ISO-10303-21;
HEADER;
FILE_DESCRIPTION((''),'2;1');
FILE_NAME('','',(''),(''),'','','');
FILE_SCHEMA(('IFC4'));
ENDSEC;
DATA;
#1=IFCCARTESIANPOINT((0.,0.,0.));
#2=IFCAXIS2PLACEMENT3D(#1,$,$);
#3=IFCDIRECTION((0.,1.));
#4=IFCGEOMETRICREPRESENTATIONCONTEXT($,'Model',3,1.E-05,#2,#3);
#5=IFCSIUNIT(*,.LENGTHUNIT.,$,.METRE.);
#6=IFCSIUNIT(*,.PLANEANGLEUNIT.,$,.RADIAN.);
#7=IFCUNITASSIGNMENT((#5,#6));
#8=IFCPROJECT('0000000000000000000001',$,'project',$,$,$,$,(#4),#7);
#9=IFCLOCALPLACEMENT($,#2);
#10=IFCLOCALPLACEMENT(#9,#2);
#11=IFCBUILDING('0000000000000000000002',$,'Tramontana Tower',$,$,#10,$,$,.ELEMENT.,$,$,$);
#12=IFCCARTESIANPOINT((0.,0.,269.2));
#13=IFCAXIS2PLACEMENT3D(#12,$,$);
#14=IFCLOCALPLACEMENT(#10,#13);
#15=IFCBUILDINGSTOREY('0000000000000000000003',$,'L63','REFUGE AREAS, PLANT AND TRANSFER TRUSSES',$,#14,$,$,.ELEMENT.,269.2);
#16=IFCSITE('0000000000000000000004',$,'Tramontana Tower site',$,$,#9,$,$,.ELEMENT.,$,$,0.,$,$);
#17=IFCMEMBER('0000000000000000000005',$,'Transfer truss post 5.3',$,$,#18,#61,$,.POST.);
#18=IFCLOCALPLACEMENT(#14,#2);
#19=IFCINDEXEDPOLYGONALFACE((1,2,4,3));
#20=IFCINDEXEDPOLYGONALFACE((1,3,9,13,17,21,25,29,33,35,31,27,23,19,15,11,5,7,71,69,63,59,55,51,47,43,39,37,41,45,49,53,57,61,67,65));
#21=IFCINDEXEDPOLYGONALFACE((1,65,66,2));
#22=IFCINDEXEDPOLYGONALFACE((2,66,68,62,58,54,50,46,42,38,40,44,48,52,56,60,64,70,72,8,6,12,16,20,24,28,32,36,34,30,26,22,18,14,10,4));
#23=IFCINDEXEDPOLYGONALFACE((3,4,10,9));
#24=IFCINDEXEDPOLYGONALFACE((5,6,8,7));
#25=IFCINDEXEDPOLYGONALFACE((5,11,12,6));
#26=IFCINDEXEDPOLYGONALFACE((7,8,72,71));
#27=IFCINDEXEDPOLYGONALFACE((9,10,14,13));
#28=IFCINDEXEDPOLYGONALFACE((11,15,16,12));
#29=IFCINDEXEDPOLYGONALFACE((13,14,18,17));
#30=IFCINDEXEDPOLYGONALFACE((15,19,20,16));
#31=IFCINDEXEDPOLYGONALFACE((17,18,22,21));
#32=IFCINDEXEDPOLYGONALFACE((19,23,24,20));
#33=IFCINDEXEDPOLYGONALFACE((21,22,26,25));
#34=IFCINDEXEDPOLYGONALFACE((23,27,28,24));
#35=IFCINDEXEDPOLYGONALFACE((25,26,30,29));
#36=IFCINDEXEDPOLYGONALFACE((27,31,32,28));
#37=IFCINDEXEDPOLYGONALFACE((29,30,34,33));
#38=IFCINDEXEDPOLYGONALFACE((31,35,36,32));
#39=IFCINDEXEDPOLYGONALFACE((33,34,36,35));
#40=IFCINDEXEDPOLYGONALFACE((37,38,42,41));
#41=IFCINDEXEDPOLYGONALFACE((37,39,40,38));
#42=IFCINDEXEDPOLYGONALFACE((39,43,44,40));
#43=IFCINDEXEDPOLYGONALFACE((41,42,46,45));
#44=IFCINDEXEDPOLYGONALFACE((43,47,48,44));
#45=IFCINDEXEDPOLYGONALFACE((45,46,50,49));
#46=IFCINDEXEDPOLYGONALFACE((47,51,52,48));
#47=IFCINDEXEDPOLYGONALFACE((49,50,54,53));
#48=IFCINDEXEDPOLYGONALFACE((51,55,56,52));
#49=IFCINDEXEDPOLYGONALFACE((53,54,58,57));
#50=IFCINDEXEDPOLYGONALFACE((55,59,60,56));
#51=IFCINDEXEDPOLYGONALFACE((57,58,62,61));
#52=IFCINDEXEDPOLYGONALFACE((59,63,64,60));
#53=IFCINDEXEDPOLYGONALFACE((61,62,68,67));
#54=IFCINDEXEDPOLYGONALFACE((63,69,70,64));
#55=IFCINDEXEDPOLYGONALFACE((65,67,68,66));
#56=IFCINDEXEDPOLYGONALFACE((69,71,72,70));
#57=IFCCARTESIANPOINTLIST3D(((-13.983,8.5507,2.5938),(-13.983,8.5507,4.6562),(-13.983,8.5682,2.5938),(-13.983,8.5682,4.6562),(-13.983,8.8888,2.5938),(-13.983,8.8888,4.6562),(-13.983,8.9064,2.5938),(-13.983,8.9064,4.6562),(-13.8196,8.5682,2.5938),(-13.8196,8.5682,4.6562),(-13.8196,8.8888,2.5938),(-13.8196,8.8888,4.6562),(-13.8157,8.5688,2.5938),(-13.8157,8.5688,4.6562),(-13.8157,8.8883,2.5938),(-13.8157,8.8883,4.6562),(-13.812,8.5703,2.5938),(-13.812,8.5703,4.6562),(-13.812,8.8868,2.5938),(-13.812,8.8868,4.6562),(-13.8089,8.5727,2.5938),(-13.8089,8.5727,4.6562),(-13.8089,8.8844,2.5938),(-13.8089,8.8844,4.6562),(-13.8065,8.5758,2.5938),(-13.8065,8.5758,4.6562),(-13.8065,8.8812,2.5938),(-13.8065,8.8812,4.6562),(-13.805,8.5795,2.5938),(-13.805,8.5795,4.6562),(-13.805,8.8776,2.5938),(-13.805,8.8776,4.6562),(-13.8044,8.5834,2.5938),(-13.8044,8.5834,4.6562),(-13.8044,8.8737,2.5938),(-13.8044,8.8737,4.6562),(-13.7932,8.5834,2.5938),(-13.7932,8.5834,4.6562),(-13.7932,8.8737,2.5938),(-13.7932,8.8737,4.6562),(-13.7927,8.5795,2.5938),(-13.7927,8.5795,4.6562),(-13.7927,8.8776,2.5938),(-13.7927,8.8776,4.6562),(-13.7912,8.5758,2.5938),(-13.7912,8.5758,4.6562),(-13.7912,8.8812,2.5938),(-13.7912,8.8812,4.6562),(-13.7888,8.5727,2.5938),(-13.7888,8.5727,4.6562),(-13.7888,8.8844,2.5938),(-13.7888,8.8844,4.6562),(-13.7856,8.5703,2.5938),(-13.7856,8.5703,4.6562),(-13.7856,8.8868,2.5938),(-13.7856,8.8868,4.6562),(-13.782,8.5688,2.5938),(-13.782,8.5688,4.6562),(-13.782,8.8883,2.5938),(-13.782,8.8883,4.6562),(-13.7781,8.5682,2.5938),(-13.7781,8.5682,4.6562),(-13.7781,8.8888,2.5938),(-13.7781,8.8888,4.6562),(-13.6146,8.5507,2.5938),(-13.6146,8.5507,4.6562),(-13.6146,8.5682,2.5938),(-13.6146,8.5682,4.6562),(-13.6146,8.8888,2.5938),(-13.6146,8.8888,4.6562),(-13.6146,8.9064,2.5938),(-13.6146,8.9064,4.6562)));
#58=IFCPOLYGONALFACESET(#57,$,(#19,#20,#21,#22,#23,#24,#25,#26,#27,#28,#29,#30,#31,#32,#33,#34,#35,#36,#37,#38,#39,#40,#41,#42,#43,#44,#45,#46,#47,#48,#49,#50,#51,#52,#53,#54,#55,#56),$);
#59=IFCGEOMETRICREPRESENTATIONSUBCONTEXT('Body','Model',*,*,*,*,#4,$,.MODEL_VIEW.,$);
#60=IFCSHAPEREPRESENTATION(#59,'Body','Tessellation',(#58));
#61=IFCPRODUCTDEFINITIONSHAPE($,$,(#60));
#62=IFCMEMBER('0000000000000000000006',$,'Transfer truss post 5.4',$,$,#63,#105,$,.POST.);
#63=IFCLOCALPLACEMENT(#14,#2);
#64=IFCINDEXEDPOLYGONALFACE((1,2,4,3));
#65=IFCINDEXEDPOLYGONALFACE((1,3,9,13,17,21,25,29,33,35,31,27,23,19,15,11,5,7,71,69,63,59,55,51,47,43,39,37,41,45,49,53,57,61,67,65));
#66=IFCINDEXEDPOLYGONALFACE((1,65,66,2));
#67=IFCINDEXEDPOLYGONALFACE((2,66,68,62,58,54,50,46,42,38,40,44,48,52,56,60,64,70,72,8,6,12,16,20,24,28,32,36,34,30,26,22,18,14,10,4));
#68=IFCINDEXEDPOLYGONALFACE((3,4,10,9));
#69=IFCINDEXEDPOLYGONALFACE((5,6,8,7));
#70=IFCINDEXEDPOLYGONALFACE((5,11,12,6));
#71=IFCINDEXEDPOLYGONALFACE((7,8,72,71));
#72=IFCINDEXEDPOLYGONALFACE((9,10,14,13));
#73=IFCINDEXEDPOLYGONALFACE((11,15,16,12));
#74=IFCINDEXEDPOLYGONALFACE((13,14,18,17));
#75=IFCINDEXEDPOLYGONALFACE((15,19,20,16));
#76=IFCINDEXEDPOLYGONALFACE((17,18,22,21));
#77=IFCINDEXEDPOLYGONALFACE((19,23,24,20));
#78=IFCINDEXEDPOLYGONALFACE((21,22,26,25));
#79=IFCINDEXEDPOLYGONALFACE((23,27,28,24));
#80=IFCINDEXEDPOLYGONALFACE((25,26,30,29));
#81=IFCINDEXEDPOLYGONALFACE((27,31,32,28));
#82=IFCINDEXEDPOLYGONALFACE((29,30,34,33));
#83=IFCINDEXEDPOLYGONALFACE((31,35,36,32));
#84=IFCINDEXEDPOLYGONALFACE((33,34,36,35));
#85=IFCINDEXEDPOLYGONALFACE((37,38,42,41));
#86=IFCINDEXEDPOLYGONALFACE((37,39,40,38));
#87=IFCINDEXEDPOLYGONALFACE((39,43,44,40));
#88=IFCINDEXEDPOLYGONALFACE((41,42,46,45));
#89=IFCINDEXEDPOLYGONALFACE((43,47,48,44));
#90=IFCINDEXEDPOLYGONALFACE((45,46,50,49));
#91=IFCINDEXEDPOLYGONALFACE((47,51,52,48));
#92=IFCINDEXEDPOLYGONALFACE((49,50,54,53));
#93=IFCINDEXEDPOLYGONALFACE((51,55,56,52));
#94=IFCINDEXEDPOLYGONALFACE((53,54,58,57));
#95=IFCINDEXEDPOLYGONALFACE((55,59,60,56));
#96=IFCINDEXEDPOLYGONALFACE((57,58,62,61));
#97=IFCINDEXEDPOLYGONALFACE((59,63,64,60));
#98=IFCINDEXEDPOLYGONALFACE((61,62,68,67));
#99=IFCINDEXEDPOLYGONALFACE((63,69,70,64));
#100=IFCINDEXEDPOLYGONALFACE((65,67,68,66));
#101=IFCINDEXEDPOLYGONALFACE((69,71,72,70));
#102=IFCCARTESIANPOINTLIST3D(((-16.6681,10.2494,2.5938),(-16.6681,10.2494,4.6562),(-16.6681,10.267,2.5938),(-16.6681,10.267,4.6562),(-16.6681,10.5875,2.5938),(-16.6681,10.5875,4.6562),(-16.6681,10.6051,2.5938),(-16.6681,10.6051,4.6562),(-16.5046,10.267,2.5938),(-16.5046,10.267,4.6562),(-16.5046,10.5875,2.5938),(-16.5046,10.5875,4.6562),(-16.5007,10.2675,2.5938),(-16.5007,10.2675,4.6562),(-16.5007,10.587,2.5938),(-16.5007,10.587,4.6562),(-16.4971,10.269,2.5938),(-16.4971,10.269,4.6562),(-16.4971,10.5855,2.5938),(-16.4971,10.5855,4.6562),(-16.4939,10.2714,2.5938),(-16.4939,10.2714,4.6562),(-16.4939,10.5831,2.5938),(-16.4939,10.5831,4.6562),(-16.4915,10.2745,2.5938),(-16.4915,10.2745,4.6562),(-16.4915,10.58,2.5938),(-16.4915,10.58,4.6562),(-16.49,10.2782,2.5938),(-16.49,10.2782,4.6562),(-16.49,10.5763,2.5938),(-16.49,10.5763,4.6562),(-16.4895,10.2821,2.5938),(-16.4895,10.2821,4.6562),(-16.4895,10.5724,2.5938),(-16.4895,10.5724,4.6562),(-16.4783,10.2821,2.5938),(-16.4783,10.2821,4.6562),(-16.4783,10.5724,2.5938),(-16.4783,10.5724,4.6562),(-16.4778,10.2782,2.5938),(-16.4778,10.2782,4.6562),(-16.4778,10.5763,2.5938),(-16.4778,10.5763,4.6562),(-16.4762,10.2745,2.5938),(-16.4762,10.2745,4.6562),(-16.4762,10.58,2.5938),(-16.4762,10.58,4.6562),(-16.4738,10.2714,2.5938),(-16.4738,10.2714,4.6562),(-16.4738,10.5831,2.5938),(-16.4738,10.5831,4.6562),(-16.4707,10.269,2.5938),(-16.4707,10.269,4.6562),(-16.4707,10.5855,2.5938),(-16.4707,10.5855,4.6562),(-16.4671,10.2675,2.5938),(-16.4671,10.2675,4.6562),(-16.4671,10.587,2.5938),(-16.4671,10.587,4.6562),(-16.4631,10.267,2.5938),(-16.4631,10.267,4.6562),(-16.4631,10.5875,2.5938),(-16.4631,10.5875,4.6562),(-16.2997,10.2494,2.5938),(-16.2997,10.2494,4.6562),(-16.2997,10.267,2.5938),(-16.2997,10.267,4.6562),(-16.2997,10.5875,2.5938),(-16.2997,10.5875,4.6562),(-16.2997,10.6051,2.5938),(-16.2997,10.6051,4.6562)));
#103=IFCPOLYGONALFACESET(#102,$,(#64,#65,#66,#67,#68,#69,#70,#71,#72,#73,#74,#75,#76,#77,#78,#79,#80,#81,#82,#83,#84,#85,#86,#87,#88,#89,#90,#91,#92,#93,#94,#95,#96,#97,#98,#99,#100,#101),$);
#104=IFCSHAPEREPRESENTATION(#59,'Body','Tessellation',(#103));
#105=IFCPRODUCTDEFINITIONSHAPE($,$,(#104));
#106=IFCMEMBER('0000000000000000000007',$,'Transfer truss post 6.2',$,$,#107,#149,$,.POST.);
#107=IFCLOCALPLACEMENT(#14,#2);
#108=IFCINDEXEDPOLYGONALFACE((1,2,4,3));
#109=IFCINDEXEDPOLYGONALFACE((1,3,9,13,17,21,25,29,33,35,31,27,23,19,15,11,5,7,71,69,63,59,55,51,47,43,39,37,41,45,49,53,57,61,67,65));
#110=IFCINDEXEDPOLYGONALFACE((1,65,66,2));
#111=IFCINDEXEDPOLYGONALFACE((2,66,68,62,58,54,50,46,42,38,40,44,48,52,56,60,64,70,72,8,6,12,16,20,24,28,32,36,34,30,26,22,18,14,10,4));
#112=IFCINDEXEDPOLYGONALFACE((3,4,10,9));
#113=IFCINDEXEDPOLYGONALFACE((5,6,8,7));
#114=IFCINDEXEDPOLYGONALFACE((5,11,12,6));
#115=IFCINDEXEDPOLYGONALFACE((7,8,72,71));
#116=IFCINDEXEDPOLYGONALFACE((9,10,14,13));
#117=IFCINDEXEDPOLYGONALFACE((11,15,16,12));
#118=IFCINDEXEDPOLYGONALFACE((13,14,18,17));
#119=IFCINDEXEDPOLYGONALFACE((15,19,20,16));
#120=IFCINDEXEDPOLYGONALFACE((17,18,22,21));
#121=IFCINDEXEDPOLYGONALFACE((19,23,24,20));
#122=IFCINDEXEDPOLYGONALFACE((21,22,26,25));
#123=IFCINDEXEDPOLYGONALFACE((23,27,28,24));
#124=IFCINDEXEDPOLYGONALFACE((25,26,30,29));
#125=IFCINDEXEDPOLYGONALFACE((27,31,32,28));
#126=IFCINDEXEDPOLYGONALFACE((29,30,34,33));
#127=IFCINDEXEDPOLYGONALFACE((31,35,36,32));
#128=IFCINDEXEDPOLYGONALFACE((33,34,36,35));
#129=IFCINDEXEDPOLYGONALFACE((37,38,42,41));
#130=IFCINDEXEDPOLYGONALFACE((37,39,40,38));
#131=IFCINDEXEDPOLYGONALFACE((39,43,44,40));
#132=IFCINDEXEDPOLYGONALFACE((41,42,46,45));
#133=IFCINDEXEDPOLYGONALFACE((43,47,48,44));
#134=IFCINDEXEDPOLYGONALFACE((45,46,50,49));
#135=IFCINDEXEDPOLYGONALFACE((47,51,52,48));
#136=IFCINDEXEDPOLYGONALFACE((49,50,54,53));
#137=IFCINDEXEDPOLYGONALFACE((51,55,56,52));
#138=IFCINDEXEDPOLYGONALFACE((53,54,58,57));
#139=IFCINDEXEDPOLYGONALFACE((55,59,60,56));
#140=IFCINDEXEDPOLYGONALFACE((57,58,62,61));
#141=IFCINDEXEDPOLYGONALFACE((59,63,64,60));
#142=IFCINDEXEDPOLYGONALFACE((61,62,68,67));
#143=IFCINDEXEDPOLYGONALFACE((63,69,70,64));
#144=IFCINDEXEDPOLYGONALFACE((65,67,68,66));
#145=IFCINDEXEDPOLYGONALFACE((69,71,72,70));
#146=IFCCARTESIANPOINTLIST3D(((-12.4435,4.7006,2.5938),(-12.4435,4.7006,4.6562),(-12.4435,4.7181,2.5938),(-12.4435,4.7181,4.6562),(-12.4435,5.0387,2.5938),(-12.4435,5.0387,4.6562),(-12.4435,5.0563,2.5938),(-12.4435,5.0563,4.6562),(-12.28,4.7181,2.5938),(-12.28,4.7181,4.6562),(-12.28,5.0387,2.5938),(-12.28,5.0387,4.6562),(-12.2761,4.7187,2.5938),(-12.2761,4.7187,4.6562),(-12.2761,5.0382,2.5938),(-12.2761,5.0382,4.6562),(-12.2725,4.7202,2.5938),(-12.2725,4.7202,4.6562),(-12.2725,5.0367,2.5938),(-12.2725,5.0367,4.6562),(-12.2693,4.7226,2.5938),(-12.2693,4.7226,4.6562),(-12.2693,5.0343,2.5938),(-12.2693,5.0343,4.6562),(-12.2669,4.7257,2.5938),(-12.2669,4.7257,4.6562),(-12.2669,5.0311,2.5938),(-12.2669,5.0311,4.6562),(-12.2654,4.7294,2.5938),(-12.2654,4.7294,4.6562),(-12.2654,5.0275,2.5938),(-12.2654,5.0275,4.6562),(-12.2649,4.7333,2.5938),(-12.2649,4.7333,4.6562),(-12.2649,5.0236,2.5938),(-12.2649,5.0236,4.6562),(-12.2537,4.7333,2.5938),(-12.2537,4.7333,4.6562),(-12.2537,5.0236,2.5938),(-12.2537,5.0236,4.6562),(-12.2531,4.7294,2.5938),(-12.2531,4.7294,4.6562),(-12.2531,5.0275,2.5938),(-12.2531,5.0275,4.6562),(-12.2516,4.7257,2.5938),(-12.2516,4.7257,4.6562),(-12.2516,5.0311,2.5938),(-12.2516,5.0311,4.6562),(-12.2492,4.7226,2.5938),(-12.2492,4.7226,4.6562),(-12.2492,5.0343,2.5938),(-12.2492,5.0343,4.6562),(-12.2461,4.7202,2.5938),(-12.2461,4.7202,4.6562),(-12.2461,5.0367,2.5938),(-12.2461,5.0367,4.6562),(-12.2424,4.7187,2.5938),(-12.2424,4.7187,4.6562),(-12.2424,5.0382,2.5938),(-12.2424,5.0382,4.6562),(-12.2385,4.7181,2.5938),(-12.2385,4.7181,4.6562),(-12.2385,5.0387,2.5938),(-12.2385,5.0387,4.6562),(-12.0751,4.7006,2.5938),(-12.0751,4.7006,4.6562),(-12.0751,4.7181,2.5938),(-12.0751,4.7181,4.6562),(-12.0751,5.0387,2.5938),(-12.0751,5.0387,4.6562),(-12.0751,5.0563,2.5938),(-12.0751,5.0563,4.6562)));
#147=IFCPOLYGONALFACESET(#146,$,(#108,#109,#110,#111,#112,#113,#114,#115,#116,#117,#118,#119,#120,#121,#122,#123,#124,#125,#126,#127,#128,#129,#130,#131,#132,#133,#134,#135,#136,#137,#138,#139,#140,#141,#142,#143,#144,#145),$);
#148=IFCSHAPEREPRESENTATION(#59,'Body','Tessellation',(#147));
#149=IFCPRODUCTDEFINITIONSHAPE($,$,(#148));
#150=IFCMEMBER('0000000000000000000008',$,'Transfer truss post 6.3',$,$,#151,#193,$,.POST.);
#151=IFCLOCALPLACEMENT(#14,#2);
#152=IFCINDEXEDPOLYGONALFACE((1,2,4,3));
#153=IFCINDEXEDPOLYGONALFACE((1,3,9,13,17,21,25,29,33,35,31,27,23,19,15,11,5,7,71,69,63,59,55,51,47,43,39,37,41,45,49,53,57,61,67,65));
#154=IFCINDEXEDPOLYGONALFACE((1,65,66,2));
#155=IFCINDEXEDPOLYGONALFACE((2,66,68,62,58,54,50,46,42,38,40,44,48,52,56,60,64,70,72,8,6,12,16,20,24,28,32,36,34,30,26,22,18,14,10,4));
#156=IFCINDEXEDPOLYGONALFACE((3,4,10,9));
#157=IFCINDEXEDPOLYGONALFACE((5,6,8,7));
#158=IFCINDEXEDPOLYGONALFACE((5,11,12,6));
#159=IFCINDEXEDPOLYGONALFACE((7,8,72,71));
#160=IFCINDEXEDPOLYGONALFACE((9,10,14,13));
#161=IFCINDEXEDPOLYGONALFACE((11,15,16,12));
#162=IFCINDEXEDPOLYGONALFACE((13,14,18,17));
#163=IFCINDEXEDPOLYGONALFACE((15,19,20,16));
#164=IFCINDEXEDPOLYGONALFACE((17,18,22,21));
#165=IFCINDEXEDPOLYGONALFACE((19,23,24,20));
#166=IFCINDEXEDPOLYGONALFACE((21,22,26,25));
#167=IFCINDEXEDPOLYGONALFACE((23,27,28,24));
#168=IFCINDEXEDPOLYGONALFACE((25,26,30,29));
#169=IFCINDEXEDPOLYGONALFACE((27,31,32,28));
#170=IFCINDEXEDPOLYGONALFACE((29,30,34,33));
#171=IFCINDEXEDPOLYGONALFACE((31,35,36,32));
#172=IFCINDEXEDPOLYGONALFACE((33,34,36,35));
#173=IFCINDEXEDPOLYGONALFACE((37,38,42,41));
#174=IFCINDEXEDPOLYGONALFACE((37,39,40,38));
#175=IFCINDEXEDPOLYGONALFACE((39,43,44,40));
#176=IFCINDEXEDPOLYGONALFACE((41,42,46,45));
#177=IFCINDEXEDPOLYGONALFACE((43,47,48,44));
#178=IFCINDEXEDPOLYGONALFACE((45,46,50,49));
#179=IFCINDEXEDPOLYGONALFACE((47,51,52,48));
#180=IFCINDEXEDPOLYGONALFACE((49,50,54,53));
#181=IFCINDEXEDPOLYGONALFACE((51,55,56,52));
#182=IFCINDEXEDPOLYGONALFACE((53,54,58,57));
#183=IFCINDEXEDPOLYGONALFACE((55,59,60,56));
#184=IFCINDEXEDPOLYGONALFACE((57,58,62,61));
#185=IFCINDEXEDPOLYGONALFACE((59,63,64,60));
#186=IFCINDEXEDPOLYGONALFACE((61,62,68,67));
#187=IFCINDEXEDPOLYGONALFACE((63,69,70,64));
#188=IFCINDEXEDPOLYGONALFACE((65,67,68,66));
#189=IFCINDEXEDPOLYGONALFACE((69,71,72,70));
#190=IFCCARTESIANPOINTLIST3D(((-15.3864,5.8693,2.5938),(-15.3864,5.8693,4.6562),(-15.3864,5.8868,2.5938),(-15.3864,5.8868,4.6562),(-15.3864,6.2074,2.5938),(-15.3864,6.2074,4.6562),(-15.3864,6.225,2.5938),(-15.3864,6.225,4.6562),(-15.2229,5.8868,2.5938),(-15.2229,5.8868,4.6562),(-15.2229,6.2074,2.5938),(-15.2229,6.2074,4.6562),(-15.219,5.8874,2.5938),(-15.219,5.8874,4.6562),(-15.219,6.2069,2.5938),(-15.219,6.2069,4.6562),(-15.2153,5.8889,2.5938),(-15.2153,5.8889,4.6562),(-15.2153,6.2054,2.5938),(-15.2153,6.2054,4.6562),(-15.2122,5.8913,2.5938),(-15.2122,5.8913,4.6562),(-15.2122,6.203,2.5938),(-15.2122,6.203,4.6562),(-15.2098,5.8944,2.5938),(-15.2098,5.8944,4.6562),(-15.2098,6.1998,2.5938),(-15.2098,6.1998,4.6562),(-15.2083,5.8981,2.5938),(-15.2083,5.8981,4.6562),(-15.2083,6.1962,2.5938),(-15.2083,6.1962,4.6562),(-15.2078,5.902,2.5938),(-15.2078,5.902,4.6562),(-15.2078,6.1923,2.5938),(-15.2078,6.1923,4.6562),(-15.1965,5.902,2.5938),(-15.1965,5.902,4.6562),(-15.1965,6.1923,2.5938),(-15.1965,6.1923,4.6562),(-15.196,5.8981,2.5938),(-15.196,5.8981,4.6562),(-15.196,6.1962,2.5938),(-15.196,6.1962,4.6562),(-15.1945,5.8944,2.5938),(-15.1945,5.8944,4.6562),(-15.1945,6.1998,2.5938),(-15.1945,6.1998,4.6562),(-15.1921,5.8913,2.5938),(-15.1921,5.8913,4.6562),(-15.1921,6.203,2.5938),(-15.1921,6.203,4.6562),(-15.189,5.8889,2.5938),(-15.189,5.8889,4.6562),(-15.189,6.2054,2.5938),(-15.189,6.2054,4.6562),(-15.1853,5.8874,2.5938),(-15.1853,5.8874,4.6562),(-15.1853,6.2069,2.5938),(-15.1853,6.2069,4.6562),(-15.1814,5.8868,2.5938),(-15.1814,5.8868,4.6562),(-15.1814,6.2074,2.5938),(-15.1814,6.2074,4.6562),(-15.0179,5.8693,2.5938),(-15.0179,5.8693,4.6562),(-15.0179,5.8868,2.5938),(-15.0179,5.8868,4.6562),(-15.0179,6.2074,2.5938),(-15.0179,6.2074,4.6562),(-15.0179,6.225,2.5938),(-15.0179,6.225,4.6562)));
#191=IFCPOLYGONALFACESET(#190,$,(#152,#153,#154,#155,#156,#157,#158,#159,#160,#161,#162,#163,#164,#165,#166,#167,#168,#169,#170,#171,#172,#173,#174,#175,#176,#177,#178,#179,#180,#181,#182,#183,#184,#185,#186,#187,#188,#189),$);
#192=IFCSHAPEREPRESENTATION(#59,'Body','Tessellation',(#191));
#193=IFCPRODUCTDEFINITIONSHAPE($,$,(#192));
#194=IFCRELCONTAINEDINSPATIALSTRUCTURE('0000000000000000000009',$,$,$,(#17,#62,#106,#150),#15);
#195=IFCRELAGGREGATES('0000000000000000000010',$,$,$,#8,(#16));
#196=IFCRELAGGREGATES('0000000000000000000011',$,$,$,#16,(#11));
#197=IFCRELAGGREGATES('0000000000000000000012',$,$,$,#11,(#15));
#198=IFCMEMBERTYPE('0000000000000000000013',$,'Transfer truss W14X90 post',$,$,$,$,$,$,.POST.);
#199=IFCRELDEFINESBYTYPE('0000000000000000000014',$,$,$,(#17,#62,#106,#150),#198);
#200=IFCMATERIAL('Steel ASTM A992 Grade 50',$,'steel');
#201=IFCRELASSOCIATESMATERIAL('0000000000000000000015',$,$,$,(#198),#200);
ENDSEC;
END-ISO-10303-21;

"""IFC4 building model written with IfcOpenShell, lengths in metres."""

from ifc_helpers import new_model, si_unit, direction, frame, origin, origin_2d, place, context, subcontext, project, spatial, i_section, extrude, material, material_profile, profile_set, type_object, element, save


model = new_model("IFC4")

# Units and contexts
model_context = context("Model", 3, precision=1e-05, world=origin(), true_north=direction((0.0, 1.0)))
body_context = subcontext(model_context, "Body", "Model", "MODEL_VIEW")
ifc_project = project(units=[si_unit("LENGTHUNIT", "METRE"), si_unit("PLANEANGLEUNIT", "RADIAN")], contexts=[model_context])

# Site, building, storey
site_placement = place(None, origin())
site = spatial("IfcSite", under=ifc_project, at=site_placement, Name="Tramontana Tower site", CompositionType="ELEMENT", RefElevation=0.0)
building_placement = place(site_placement, origin())
building = spatial("IfcBuilding", under=site, at=building_placement, Name="Tramontana Tower", CompositionType="ELEMENT")
storey_placement = place(building_placement, frame((0.0, 0.0, 269.2)))
storey = spatial("IfcBuildingStorey", under=building, at=storey_placement, Name="L63", Description="REFUGE AREAS, PLANT AND TRANSFER TRUSSES", CompositionType="ELEMENT", Elevation=269.2)

# Members
ifc_material_1 = material(Name="Steel ASTM A992 Grade 50", Category="steel")
ifc_material_profile_1 = material_profile(ifc_material_1, i_section(OverallWidth=0.3684, OverallDepth=0.3557, WebThickness=0.0112, FlangeThickness=0.0176, FilletRadius=0.0151, at=origin_2d()), Name="W14X90")
ifc_profile_set_1 = profile_set([ifc_material_profile_1], Name="Steel ASTM A992 Grade 50")
member_type_1 = type_object("IfcMemberType", Name="Transfer truss W14X90 post", PredefinedType="POST", material=ifc_profile_set_1)
for number, where, z_axis, x_axis, name in (
    (1, (-13.7988, 8.7285, 2.5938), (0.0, 0.0, 1.0), (1.0, 0.0, 0.0), "Transfer truss post 5.3"),
    (2, (-16.4839, 10.4272, 2.5938), (0.0, 0.0, 1.0), (1.0, 0.0, 0.0), "Transfer truss post 5.4"),
    (3, (-12.2593, 4.8784, 2.5938), (0.0, 0.0, 1.0), (1.0, 0.0, 0.0), "Transfer truss post 6.2"),
    (4, (-15.2021, 6.0471, 2.5938), (0.0, 0.0, 1.0), (1.0, 0.0, 0.0), "Transfer truss post 6.3"),
):
    element("IfcMember", number, at=place(storey_placement, frame(where, z_axis=z_axis, x_axis=x_axis)), inside=storey, type_object=member_type_1, Name=name, PredefinedType="POST", context=body_context, shape_type="SweptSolid", body=[
        extrude(i_section(OverallWidth=0.3684, OverallDepth=0.3557, WebThickness=0.0112, FlangeThickness=0.0176, FilletRadius=0.0151, at=origin_2d()), origin(), (0.0, 0.0, 1.0), 2.0625),
    ])

save(model, "model.ifc")
